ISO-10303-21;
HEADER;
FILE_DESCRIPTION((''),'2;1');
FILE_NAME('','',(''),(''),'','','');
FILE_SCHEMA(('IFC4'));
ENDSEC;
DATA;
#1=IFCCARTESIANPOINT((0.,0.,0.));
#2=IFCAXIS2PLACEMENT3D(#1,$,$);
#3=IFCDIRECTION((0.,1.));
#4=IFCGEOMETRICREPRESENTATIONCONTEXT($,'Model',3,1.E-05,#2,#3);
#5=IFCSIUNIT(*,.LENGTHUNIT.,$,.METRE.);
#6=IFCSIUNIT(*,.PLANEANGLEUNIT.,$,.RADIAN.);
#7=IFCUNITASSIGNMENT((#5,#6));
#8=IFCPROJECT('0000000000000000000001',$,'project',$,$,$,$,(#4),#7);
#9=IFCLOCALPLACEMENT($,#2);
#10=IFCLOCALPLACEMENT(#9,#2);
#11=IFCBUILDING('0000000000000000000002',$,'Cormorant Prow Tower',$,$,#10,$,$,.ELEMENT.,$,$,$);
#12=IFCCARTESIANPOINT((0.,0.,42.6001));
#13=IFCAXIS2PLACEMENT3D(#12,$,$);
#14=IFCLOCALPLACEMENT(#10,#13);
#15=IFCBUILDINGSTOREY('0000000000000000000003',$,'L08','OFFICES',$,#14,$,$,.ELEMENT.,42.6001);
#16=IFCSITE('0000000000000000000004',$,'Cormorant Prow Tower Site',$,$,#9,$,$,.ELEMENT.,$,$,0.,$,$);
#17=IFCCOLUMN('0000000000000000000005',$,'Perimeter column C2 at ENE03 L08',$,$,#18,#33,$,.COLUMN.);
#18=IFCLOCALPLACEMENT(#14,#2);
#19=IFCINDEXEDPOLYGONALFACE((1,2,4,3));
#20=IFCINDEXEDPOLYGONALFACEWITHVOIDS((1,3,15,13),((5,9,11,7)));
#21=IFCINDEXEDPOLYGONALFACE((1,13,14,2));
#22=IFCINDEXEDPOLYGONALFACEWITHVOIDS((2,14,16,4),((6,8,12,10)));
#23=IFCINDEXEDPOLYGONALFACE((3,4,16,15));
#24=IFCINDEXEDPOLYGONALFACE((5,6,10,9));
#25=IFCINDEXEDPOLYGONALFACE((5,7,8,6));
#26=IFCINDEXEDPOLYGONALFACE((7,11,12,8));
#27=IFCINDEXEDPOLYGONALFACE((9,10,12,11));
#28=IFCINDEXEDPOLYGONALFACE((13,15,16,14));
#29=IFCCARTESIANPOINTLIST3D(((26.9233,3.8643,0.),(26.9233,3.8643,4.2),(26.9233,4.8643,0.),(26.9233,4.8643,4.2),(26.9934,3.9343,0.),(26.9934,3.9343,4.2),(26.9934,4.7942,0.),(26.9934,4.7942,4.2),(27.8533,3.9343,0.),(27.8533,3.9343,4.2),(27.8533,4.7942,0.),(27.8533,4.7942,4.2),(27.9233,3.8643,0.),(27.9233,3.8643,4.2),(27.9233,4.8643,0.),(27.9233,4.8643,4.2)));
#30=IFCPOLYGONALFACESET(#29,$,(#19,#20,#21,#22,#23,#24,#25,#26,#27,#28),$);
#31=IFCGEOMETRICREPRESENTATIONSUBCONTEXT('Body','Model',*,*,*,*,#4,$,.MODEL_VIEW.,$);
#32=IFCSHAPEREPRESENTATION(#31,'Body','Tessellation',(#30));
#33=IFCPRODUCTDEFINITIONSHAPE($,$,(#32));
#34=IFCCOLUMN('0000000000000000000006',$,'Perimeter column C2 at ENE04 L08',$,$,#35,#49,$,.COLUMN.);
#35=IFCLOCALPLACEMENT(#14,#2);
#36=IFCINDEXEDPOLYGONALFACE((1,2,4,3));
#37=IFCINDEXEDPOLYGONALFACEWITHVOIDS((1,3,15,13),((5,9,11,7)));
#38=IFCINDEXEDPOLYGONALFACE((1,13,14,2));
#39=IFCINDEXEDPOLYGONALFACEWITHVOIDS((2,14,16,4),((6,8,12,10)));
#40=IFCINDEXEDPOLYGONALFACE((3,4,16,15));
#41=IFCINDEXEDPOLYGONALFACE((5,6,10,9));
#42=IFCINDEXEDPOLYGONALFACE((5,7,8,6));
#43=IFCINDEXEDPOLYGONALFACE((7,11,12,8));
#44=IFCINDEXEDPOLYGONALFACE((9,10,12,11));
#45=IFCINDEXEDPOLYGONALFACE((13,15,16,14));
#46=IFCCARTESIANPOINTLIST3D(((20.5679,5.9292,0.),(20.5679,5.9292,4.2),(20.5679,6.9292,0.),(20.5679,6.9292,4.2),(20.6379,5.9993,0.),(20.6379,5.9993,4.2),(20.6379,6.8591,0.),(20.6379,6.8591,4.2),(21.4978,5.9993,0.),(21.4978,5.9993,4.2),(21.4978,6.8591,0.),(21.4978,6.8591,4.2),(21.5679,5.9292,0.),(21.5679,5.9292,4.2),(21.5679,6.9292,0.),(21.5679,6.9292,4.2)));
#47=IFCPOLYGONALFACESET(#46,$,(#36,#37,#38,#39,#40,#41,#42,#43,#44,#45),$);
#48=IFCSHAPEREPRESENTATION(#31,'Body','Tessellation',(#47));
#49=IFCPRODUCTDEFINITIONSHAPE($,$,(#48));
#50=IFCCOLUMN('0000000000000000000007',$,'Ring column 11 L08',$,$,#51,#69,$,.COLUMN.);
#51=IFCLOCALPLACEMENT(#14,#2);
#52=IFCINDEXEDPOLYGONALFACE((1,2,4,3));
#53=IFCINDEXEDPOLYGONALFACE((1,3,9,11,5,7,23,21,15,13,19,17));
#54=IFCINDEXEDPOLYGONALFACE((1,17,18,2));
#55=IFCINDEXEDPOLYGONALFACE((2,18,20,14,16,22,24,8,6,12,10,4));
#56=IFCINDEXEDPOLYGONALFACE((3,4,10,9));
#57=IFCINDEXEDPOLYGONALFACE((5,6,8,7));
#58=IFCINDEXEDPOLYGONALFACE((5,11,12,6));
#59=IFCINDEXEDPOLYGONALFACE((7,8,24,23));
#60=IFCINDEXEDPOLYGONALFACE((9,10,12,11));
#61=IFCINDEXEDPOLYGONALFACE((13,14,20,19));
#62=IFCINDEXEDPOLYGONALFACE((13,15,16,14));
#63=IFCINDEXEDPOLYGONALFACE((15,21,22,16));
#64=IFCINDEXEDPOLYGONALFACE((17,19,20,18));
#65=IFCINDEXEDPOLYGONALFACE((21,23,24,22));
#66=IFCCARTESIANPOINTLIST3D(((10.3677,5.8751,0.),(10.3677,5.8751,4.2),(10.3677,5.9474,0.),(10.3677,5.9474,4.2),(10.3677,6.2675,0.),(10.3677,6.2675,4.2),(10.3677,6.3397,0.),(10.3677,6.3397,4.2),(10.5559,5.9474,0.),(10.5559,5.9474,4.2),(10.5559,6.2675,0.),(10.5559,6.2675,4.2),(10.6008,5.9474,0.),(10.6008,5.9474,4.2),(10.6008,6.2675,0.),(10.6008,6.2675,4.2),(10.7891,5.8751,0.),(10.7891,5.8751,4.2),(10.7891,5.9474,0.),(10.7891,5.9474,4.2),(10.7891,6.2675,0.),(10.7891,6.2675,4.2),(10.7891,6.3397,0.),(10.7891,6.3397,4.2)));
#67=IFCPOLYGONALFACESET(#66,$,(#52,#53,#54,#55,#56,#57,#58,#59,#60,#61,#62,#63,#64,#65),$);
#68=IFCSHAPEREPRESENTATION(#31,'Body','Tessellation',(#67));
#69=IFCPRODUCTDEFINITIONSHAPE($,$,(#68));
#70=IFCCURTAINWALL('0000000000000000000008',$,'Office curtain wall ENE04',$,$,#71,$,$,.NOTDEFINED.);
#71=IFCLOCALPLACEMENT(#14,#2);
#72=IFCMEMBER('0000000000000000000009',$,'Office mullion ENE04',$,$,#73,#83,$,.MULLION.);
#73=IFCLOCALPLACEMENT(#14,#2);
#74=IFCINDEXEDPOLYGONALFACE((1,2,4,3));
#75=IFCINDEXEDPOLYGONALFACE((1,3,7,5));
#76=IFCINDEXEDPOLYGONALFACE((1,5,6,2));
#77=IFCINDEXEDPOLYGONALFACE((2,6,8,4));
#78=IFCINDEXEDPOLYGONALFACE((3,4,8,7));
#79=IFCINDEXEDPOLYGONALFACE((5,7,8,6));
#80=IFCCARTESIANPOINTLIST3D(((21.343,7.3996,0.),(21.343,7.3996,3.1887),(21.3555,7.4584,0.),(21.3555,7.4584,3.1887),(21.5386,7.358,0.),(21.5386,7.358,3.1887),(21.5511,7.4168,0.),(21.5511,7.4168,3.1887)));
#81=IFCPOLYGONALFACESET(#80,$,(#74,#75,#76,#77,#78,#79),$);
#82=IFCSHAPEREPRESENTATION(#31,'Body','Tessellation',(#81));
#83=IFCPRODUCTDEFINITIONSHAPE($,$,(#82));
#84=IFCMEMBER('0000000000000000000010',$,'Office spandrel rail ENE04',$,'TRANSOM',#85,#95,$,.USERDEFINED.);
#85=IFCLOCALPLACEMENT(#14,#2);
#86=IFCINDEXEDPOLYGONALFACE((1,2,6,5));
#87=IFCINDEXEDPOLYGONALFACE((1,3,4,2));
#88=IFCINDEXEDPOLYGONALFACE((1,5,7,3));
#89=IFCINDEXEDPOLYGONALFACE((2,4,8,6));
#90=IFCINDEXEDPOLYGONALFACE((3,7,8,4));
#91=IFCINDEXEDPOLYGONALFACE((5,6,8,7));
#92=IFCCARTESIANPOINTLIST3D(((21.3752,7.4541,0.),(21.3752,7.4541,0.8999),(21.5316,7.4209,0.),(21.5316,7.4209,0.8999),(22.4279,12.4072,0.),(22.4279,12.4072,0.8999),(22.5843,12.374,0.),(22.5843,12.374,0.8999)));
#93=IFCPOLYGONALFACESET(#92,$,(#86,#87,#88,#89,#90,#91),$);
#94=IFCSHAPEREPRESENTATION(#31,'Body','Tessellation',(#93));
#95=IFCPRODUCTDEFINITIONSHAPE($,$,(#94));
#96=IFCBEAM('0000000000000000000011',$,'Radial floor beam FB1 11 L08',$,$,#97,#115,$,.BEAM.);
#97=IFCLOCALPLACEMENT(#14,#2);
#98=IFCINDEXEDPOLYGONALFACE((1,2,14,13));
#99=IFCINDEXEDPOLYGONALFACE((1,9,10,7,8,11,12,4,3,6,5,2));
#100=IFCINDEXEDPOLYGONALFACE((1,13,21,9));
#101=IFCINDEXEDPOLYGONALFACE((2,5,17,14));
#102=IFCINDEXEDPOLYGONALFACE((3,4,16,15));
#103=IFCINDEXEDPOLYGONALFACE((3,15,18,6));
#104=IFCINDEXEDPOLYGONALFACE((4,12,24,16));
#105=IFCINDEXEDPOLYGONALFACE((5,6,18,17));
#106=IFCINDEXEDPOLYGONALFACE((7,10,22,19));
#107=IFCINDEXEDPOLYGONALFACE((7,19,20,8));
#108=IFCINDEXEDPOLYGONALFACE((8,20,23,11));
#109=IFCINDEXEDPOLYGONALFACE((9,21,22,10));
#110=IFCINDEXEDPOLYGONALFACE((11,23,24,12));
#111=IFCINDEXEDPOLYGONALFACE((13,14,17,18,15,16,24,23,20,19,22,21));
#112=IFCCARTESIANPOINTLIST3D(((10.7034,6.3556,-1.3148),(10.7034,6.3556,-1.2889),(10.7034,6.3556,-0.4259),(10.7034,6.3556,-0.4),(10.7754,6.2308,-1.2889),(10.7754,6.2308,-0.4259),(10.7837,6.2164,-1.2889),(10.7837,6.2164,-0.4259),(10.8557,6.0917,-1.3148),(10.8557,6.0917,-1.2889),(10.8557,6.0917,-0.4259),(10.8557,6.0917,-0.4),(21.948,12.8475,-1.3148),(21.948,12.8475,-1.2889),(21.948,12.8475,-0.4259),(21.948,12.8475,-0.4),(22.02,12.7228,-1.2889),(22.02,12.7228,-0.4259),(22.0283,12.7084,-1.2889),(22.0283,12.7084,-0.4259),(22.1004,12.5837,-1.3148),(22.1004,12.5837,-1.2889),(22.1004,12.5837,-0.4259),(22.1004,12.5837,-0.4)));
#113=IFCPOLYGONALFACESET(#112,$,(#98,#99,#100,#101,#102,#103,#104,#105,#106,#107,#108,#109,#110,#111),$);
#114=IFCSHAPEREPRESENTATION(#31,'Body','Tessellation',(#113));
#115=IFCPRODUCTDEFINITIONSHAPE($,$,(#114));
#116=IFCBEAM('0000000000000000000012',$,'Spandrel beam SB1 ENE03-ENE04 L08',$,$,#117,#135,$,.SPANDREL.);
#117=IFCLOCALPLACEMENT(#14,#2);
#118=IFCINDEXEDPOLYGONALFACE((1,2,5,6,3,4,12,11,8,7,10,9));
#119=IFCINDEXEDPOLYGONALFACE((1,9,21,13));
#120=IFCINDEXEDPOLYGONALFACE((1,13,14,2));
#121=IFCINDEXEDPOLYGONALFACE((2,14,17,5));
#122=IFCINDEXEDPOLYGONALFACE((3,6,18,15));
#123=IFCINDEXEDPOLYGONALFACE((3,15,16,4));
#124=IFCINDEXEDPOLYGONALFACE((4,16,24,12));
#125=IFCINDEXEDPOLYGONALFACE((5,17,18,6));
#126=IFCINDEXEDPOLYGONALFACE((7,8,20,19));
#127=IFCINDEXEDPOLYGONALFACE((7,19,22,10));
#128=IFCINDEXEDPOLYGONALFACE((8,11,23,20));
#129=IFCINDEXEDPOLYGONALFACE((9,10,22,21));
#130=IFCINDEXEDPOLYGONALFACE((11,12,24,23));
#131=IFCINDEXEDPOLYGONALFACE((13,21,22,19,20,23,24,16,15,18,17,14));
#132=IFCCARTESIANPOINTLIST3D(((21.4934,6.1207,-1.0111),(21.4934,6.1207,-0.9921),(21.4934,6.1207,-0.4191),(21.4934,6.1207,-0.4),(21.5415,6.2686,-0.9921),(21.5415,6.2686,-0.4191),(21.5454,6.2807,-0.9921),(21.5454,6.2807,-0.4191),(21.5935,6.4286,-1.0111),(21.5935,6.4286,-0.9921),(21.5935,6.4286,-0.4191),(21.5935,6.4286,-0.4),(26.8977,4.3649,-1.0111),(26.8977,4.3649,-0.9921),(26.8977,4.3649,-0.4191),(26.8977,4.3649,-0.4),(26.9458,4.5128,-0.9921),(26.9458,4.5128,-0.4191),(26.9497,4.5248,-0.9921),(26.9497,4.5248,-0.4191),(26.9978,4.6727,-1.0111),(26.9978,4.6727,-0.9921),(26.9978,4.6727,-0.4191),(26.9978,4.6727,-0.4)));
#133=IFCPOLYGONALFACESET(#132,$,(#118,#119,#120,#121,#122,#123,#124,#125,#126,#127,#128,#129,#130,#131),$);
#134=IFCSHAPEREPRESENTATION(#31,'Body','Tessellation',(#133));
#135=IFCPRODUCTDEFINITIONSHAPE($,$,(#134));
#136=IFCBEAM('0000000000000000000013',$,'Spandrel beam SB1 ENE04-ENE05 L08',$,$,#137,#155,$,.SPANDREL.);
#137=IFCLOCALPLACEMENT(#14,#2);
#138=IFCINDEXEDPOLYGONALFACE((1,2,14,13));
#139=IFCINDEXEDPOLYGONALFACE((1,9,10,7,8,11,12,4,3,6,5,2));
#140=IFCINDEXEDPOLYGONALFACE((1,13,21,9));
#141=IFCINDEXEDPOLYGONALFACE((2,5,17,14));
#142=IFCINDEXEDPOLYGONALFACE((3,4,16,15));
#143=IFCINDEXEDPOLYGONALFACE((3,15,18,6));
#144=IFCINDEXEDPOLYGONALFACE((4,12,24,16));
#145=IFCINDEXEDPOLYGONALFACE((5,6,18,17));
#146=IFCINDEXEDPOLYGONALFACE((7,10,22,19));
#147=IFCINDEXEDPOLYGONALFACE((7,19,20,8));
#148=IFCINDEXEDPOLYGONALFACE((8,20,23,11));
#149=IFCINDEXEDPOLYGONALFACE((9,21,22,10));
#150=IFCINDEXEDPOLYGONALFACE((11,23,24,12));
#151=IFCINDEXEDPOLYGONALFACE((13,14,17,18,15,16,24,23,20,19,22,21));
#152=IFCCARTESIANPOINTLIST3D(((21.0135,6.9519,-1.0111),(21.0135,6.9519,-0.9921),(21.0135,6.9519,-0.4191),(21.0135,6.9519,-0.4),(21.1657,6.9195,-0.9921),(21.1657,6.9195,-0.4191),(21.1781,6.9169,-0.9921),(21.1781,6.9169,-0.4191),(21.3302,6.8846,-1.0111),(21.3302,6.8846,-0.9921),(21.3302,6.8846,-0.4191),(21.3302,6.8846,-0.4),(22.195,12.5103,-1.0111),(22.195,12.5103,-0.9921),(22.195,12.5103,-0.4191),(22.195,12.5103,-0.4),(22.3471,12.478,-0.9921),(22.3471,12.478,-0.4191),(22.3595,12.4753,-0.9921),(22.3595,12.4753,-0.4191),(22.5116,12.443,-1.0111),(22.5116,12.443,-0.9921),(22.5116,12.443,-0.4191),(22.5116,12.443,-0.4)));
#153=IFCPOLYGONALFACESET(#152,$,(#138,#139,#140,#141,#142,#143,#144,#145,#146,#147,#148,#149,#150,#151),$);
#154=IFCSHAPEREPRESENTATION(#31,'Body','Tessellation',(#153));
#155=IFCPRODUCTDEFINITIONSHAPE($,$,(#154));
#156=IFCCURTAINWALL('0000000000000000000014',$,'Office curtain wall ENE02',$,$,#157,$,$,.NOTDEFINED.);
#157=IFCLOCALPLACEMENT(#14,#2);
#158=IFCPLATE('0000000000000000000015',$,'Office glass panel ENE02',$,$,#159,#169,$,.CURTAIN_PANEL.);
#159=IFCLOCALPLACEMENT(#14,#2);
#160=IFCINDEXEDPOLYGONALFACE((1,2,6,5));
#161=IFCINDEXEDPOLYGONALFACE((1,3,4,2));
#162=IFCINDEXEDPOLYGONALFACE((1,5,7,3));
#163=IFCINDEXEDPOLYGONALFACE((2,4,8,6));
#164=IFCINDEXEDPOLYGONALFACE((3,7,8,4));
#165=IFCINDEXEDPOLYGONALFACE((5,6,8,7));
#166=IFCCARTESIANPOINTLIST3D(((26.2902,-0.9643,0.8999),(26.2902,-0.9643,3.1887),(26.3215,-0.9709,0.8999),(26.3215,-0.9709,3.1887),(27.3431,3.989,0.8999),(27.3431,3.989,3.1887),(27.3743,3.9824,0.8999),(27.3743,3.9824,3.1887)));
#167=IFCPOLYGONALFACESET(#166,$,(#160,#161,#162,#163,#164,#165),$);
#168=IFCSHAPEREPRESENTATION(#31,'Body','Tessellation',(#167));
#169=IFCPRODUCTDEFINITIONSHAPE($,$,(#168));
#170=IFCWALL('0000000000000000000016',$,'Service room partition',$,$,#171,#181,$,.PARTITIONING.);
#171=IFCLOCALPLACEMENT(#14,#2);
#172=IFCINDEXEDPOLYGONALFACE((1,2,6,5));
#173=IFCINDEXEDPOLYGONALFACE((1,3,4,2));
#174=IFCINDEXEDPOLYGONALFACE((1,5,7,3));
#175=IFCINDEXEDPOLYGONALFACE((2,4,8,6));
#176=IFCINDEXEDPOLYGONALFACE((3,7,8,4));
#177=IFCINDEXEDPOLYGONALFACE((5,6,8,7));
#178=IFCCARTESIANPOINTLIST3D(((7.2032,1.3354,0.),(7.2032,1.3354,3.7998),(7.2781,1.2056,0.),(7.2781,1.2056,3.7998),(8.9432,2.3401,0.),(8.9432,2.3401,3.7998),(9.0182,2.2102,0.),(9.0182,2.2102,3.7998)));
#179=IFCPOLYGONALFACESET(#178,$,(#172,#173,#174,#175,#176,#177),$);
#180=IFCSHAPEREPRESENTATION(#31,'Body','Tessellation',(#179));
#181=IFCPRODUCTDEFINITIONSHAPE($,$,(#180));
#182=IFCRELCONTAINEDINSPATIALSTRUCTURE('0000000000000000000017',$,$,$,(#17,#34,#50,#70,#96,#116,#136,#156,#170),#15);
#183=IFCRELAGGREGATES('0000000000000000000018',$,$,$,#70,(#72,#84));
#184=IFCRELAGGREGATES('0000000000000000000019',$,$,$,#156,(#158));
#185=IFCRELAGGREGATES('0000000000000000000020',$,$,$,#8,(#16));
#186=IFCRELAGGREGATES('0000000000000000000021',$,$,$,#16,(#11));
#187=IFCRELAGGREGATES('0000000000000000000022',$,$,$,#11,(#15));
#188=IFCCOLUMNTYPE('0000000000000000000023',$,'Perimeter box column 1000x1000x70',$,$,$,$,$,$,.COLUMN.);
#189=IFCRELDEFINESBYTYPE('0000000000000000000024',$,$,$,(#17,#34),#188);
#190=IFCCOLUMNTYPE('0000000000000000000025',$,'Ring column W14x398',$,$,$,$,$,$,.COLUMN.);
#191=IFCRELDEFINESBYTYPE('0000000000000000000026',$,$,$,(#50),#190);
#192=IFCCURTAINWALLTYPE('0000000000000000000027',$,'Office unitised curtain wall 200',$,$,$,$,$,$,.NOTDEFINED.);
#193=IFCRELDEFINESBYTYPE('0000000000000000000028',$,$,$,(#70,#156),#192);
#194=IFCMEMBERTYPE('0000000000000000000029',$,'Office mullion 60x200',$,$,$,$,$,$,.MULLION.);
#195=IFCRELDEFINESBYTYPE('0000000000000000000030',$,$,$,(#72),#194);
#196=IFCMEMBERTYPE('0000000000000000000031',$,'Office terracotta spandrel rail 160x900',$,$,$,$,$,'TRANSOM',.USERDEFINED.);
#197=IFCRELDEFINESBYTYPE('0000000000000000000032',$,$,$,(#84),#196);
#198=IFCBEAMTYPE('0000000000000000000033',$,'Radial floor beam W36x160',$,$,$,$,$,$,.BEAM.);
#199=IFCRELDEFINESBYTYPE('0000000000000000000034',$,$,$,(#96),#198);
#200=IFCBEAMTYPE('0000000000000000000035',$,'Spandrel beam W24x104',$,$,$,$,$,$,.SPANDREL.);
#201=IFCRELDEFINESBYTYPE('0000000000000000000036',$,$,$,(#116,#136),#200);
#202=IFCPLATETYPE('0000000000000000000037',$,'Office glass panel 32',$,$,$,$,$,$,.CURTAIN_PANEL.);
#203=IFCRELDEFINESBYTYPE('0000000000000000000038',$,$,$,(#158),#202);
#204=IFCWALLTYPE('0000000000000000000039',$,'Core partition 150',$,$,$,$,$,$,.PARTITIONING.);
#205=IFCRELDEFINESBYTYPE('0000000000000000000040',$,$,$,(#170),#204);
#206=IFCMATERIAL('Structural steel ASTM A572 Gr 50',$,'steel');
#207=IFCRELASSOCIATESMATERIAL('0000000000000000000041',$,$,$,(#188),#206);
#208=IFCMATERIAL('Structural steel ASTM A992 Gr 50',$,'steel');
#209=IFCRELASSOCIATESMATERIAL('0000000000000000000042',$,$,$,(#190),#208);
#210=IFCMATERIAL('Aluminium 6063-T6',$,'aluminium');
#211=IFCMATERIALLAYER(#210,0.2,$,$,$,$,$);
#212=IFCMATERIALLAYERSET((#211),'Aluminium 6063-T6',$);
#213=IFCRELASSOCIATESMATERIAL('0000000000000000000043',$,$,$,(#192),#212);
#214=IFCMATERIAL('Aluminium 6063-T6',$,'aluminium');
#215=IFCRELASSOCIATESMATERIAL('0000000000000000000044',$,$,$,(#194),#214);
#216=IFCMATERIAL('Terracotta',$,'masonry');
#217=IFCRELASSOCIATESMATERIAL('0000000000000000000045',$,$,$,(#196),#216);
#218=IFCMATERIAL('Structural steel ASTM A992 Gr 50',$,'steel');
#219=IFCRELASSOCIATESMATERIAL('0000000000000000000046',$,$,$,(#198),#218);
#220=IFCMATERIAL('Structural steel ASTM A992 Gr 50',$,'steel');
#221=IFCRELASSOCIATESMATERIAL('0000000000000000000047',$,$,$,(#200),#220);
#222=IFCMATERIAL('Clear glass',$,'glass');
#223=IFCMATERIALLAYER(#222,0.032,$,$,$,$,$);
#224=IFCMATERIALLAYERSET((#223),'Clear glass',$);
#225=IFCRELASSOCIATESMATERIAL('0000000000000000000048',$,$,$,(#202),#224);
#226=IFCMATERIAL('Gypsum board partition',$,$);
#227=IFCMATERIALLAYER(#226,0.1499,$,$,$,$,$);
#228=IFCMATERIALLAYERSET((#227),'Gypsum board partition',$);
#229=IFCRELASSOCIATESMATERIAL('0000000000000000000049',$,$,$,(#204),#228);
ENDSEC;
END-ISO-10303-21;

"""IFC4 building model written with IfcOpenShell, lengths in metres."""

from ifc_helpers import new_model, si_unit, direction, frame, frame_2d, origin, origin_2d, place, context, subcontext, project, spatial, rectangle, hollow_rectangle, i_section, extrude, material, layer, layer_set, material_profile, profile_set, type_object, element, aggregate, save


model = new_model("IFC4")

# Units and contexts
model_context = context("Model", 3, precision=1e-05, world=origin(), true_north=direction((0.0, 1.0)))
body_context = subcontext(model_context, "Body", "Model", "MODEL_VIEW")
ifc_project = project(units=[si_unit("LENGTHUNIT", "METRE"), si_unit("PLANEANGLEUNIT", "RADIAN")], contexts=[model_context])

# Site, building, storey
site_placement = place(None, origin())
site = spatial("IfcSite", under=ifc_project, at=site_placement, Name="Cormorant Prow Tower Site", CompositionType="ELEMENT", RefElevation=0.0)
building_placement = place(site_placement, origin())
building = spatial("IfcBuilding", under=site, at=building_placement, Name="Cormorant Prow Tower", CompositionType="ELEMENT")
storey_placement = place(building_placement, frame((0.0, 0.0, 42.6001)))
storey = spatial("IfcBuildingStorey", under=building, at=storey_placement, Name="L08", Description="OFFICES", CompositionType="ELEMENT", Elevation=42.6001)

# Columns
ifc_material_1 = material(Name="Structural steel ASTM A572 Gr 50", Category="steel")
ifc_material_profile_1 = material_profile(ifc_material_1, hollow_rectangle(XDim=1.0, YDim=1.0, WallThickness=0.0701, at=origin_2d()), Name="Box 1000x1000x70")
ifc_profile_set_1 = profile_set([ifc_material_profile_1], Name="Structural steel ASTM A572 Gr 50")
column_type_1 = type_object("IfcColumnType", Name="Perimeter box column 1000x1000x70", PredefinedType="COLUMN", material=ifc_profile_set_1)
for number, where, z_axis, x_axis, name in (
    (1, (27.4233, 4.3643, 0.0), (0.0, 0.0, 1.0), (1.0, 0.0, 0.0), "Perimeter column C2 at ENE03 L08"),
    (2, (21.0679, 6.4292, 0.0), (0.0, 0.0, 1.0), (1.0, 0.0, 0.0), "Perimeter column C2 at ENE04 L08"),
):
    element("IfcColumn", number, at=place(storey_placement, frame(where, z_axis=z_axis, x_axis=x_axis)), inside=storey, type_object=column_type_1, Name=name, PredefinedType="COLUMN", context=body_context, shape_type="SweptSolid", body=[
        extrude(hollow_rectangle(XDim=1.0, YDim=1.0, WallThickness=0.0701, at=origin_2d()), origin(), (0.0, 0.0, 1.0), 4.2),
    ])
ifc_material_2 = material(Name="Structural steel ASTM A992 Gr 50", Category="steel")
ifc_material_profile_2 = material_profile(ifc_material_2, i_section(OverallWidth=0.4214, OverallDepth=0.4646, WebThickness=0.0449, FlangeThickness=0.0723, at=origin_2d()), Name="W14x398")
ifc_profile_set_2 = profile_set([ifc_material_profile_2], Name="Structural steel ASTM A992 Gr 50")
column_type_2 = type_object("IfcColumnType", Name="Ring column W14x398", PredefinedType="COLUMN", material=ifc_profile_set_2)
column_placement = place(storey_placement, frame((10.5784, 6.1074, 0.0), z_axis=(0.0, 0.0, 1.0), x_axis=(1.0, 0.0, 0.0)))
element("IfcColumn", 3, at=column_placement, inside=storey, type_object=column_type_2, Name="Ring column 11 L08", PredefinedType="COLUMN", context=body_context, shape_type="SweptSolid", body=[
    extrude(i_section(OverallWidth=0.4214, OverallDepth=0.4646, WebThickness=0.0449, FlangeThickness=0.0723, at=origin_2d()), origin(), (0.0, 0.0, 1.0), 4.2),
])

# Curtain wall, members
ifc_material_3 = material(Name="Aluminium 6063-T6", Category="aluminium")
ifc_layer_1 = layer(ifc_material_3, 0.2)
ifc_layer_set_1 = layer_set([ifc_layer_1], Name="Aluminium 6063-T6")
curtain_wall_type = type_object("IfcCurtainWallType", Name="Office unitised curtain wall 200", PredefinedType="NOTDEFINED", material=ifc_layer_set_1)
curtain_wall_1_placement = place(storey_placement, origin())
curtain_wall_1 = element("IfcCurtainWall", 4, at=curtain_wall_1_placement, inside=storey, type_object=curtain_wall_type, Name="Office curtain wall ENE04", PredefinedType="NOTDEFINED")
ifc_material_4 = material(Name="Aluminium 6063-T6", Category="aluminium")
ifc_material_profile_3 = material_profile(ifc_material_4, rectangle(XDim=0.2, YDim=0.0601, at=origin_2d()), Name="Office mullion 60x200")
ifc_profile_set_3 = profile_set([ifc_material_profile_3], Name="Aluminium 6063-T6")
member_type_1 = type_object("IfcMemberType", Name="Office mullion 60x200", PredefinedType="MULLION", material=ifc_profile_set_3)
member_1_placement = place(storey_placement, frame((21.447, 7.4082, 0.0), z_axis=(0.0, 0.0, 1.0), x_axis=(-0.978148, 0.207912, 0.0)))
member_1 = element("IfcMember", 5, at=member_1_placement, type_object=member_type_1, Name="Office mullion ENE04", PredefinedType="MULLION", context=body_context, shape_type="SweptSolid", body=[
    extrude(rectangle(XDim=0.2, YDim=0.0601, at=origin_2d()), origin(), (0.0, 0.0, 1.0), 3.1887),
])
ifc_material_5 = material(Name="Terracotta", Category="masonry")
ifc_material_profile_4 = material_profile(ifc_material_5, rectangle(XDim=0.1599, YDim=0.8999, at=origin_2d()), Name="Office terracotta spandrel rail 160x900")
ifc_profile_set_4 = profile_set([ifc_material_profile_4], Name="Terracotta")
member_type_2 = type_object("IfcMemberType", Name="Office terracotta spandrel rail 160x900", ElementType="TRANSOM", PredefinedType="USERDEFINED", material=ifc_profile_set_4)
member_2_placement = place(storey_placement, frame((21.4534, 7.4375, 0.45), z_axis=(0.207896, 0.978151, 0.0), x_axis=(-0.978151, 0.207896, 0.0)))
member_2 = element("IfcMember", 6, at=member_2_placement, type_object=member_type_2, Name="Office spandrel rail ENE04", ObjectType="TRANSOM", PredefinedType="USERDEFINED", context=body_context, shape_type="SweptSolid", body=[
    extrude(rectangle(XDim=0.1599, YDim=0.8999, at=origin_2d()), origin(), (0.0, 0.0, 1.0), 5.0637),
])
aggregate(curtain_wall_1, [member_1, member_2])

# Beams
ifc_material_6 = material(Name="Structural steel ASTM A992 Gr 50", Category="steel")
ifc_material_profile_5 = material_profile(ifc_material_6, i_section(OverallWidth=0.3047, OverallDepth=0.9148, WebThickness=0.0166, FlangeThickness=0.0259, at=origin_2d()), Name="W36x160")
ifc_profile_set_5 = profile_set([ifc_material_profile_5], Name="Structural steel ASTM A992 Gr 50")
beam_type_1 = type_object("IfcBeamType", Name="Radial floor beam W36x160", PredefinedType="BEAM", material=ifc_profile_set_5)
beam_1_placement = place(storey_placement, frame((10.7795, 6.2236, -0.8574), z_axis=(0.86603, 0.499992, 0.0), x_axis=(-0.499992, 0.86603, 0.0)))
element("IfcBeam", 7, at=beam_1_placement, inside=storey, type_object=beam_type_1, Name="Radial floor beam FB1 11 L08", PredefinedType="BEAM", context=body_context, shape_type="SweptSolid", body=[
    extrude(i_section(OverallWidth=0.3047, OverallDepth=0.9148, WebThickness=0.0166, FlangeThickness=0.0259, at=origin_2d()), origin(), (0.0, 0.0, 1.0), 12.9841),
])
ifc_material_7 = material(Name="Structural steel ASTM A992 Gr 50", Category="steel")
ifc_material_profile_6 = material_profile(ifc_material_7, i_section(OverallWidth=0.3237, OverallDepth=0.6111, WebThickness=0.0127, FlangeThickness=0.019, at=origin_2d()), Name="W24x104")
ifc_profile_set_6 = profile_set([ifc_material_profile_6], Name="Structural steel ASTM A992 Gr 50")
beam_type_2 = type_object("IfcBeamType", Name="Spandrel beam W24x104", PredefinedType="SPANDREL", material=ifc_profile_set_6)
beam_2_placement = place(storey_placement, frame((26.9478, 4.5188, -0.7056), z_axis=(-0.951062, 0.309001, 0.0), x_axis=(-0.309001, -0.951062, 0.0)))
element("IfcBeam", 8, at=beam_2_placement, inside=storey, type_object=beam_type_2, Name="Spandrel beam SB1 ENE03-ENE04 L08", PredefinedType="SPANDREL", context=body_context, shape_type="SweptSolid", body=[
    extrude(i_section(OverallWidth=0.3237, OverallDepth=0.6111, WebThickness=0.0127, FlangeThickness=0.019, at=origin_2d()), origin(), (0.0, 0.0, 1.0), 5.6824),
])
beam_3_placement = place(storey_placement, frame((21.1719, 6.9182, -0.7056), z_axis=(0.2079, 0.97815, 0.0), x_axis=(-0.97815, 0.2079, 0.0)))
element("IfcBeam", 9, at=beam_3_placement, inside=storey, type_object=beam_type_2, Name="Spandrel beam SB1 ENE04-ENE05 L08", PredefinedType="SPANDREL", context=body_context, shape_type="SweptSolid", body=[
    extrude(i_section(OverallWidth=0.3237, OverallDepth=0.6111, WebThickness=0.0127, FlangeThickness=0.019, at=origin_2d()), origin(), (0.0, 0.0, 1.0), 5.6826),
])

# Curtain wall, plate
curtain_wall_2_placement = place(storey_placement, origin())
curtain_wall_2 = element("IfcCurtainWall", 10, at=curtain_wall_2_placement, inside=storey, type_object=curtain_wall_type, Name="Office curtain wall ENE02", PredefinedType="NOTDEFINED")
ifc_material_8 = material(Name="Clear glass", Category="glass")
ifc_layer_2 = layer(ifc_material_8, 0.032)
ifc_layer_set_2 = layer_set([ifc_layer_2], Name="Clear glass")
plate_type = type_object("IfcPlateType", Name="Office glass panel 32", PredefinedType="CURTAIN_PANEL", material=ifc_layer_set_2)
plate_placement = place(storey_placement, frame((26.8323, 1.509, 0.8999), z_axis=(0.0, 0.0, 1.0), x_axis=(0.207912, 0.978148, 0.0)))
plate = element("IfcPlate", 11, at=plate_placement, type_object=plate_type, Name="Office glass panel ENE02", PredefinedType="CURTAIN_PANEL", context=body_context, shape_type="SweptSolid", body=[
    extrude(rectangle(XDim=5.064, YDim=0.032, at=origin_2d()), origin(), (0.0, 0.0, 1.0), 2.2888),
])
aggregate(curtain_wall_2, [plate])

# Wall
ifc_material_9 = material(Name="Gypsum board partition")
ifc_layer_3 = layer(ifc_material_9, 0.1499)
ifc_layer_set_3 = layer_set([ifc_layer_3], Name="Gypsum board partition")
wall_type_1 = type_object("IfcWallType", Name="Core partition 150", PredefinedType="PARTITIONING", material=ifc_layer_set_3)
wall_1_placement = place(storey_placement, frame((8.9807, 2.2751, 0.0), z_axis=(0.0, 0.0, 1.0), x_axis=(-0.866014, -0.50002, 0.0)))
element("IfcWall", 12, at=wall_1_placement, inside=storey, type_object=wall_type_1, Name="Service room partition", PredefinedType="PARTITIONING", context=body_context, shape_type="SweptSolid", body=[
    extrude(rectangle(XDim=2.0093, YDim=0.1499, at=frame_2d((1.0046, 0.0))), origin(), (0.0, 0.0, 1.0), 3.7998),
])

save(model, "model.ifc")
